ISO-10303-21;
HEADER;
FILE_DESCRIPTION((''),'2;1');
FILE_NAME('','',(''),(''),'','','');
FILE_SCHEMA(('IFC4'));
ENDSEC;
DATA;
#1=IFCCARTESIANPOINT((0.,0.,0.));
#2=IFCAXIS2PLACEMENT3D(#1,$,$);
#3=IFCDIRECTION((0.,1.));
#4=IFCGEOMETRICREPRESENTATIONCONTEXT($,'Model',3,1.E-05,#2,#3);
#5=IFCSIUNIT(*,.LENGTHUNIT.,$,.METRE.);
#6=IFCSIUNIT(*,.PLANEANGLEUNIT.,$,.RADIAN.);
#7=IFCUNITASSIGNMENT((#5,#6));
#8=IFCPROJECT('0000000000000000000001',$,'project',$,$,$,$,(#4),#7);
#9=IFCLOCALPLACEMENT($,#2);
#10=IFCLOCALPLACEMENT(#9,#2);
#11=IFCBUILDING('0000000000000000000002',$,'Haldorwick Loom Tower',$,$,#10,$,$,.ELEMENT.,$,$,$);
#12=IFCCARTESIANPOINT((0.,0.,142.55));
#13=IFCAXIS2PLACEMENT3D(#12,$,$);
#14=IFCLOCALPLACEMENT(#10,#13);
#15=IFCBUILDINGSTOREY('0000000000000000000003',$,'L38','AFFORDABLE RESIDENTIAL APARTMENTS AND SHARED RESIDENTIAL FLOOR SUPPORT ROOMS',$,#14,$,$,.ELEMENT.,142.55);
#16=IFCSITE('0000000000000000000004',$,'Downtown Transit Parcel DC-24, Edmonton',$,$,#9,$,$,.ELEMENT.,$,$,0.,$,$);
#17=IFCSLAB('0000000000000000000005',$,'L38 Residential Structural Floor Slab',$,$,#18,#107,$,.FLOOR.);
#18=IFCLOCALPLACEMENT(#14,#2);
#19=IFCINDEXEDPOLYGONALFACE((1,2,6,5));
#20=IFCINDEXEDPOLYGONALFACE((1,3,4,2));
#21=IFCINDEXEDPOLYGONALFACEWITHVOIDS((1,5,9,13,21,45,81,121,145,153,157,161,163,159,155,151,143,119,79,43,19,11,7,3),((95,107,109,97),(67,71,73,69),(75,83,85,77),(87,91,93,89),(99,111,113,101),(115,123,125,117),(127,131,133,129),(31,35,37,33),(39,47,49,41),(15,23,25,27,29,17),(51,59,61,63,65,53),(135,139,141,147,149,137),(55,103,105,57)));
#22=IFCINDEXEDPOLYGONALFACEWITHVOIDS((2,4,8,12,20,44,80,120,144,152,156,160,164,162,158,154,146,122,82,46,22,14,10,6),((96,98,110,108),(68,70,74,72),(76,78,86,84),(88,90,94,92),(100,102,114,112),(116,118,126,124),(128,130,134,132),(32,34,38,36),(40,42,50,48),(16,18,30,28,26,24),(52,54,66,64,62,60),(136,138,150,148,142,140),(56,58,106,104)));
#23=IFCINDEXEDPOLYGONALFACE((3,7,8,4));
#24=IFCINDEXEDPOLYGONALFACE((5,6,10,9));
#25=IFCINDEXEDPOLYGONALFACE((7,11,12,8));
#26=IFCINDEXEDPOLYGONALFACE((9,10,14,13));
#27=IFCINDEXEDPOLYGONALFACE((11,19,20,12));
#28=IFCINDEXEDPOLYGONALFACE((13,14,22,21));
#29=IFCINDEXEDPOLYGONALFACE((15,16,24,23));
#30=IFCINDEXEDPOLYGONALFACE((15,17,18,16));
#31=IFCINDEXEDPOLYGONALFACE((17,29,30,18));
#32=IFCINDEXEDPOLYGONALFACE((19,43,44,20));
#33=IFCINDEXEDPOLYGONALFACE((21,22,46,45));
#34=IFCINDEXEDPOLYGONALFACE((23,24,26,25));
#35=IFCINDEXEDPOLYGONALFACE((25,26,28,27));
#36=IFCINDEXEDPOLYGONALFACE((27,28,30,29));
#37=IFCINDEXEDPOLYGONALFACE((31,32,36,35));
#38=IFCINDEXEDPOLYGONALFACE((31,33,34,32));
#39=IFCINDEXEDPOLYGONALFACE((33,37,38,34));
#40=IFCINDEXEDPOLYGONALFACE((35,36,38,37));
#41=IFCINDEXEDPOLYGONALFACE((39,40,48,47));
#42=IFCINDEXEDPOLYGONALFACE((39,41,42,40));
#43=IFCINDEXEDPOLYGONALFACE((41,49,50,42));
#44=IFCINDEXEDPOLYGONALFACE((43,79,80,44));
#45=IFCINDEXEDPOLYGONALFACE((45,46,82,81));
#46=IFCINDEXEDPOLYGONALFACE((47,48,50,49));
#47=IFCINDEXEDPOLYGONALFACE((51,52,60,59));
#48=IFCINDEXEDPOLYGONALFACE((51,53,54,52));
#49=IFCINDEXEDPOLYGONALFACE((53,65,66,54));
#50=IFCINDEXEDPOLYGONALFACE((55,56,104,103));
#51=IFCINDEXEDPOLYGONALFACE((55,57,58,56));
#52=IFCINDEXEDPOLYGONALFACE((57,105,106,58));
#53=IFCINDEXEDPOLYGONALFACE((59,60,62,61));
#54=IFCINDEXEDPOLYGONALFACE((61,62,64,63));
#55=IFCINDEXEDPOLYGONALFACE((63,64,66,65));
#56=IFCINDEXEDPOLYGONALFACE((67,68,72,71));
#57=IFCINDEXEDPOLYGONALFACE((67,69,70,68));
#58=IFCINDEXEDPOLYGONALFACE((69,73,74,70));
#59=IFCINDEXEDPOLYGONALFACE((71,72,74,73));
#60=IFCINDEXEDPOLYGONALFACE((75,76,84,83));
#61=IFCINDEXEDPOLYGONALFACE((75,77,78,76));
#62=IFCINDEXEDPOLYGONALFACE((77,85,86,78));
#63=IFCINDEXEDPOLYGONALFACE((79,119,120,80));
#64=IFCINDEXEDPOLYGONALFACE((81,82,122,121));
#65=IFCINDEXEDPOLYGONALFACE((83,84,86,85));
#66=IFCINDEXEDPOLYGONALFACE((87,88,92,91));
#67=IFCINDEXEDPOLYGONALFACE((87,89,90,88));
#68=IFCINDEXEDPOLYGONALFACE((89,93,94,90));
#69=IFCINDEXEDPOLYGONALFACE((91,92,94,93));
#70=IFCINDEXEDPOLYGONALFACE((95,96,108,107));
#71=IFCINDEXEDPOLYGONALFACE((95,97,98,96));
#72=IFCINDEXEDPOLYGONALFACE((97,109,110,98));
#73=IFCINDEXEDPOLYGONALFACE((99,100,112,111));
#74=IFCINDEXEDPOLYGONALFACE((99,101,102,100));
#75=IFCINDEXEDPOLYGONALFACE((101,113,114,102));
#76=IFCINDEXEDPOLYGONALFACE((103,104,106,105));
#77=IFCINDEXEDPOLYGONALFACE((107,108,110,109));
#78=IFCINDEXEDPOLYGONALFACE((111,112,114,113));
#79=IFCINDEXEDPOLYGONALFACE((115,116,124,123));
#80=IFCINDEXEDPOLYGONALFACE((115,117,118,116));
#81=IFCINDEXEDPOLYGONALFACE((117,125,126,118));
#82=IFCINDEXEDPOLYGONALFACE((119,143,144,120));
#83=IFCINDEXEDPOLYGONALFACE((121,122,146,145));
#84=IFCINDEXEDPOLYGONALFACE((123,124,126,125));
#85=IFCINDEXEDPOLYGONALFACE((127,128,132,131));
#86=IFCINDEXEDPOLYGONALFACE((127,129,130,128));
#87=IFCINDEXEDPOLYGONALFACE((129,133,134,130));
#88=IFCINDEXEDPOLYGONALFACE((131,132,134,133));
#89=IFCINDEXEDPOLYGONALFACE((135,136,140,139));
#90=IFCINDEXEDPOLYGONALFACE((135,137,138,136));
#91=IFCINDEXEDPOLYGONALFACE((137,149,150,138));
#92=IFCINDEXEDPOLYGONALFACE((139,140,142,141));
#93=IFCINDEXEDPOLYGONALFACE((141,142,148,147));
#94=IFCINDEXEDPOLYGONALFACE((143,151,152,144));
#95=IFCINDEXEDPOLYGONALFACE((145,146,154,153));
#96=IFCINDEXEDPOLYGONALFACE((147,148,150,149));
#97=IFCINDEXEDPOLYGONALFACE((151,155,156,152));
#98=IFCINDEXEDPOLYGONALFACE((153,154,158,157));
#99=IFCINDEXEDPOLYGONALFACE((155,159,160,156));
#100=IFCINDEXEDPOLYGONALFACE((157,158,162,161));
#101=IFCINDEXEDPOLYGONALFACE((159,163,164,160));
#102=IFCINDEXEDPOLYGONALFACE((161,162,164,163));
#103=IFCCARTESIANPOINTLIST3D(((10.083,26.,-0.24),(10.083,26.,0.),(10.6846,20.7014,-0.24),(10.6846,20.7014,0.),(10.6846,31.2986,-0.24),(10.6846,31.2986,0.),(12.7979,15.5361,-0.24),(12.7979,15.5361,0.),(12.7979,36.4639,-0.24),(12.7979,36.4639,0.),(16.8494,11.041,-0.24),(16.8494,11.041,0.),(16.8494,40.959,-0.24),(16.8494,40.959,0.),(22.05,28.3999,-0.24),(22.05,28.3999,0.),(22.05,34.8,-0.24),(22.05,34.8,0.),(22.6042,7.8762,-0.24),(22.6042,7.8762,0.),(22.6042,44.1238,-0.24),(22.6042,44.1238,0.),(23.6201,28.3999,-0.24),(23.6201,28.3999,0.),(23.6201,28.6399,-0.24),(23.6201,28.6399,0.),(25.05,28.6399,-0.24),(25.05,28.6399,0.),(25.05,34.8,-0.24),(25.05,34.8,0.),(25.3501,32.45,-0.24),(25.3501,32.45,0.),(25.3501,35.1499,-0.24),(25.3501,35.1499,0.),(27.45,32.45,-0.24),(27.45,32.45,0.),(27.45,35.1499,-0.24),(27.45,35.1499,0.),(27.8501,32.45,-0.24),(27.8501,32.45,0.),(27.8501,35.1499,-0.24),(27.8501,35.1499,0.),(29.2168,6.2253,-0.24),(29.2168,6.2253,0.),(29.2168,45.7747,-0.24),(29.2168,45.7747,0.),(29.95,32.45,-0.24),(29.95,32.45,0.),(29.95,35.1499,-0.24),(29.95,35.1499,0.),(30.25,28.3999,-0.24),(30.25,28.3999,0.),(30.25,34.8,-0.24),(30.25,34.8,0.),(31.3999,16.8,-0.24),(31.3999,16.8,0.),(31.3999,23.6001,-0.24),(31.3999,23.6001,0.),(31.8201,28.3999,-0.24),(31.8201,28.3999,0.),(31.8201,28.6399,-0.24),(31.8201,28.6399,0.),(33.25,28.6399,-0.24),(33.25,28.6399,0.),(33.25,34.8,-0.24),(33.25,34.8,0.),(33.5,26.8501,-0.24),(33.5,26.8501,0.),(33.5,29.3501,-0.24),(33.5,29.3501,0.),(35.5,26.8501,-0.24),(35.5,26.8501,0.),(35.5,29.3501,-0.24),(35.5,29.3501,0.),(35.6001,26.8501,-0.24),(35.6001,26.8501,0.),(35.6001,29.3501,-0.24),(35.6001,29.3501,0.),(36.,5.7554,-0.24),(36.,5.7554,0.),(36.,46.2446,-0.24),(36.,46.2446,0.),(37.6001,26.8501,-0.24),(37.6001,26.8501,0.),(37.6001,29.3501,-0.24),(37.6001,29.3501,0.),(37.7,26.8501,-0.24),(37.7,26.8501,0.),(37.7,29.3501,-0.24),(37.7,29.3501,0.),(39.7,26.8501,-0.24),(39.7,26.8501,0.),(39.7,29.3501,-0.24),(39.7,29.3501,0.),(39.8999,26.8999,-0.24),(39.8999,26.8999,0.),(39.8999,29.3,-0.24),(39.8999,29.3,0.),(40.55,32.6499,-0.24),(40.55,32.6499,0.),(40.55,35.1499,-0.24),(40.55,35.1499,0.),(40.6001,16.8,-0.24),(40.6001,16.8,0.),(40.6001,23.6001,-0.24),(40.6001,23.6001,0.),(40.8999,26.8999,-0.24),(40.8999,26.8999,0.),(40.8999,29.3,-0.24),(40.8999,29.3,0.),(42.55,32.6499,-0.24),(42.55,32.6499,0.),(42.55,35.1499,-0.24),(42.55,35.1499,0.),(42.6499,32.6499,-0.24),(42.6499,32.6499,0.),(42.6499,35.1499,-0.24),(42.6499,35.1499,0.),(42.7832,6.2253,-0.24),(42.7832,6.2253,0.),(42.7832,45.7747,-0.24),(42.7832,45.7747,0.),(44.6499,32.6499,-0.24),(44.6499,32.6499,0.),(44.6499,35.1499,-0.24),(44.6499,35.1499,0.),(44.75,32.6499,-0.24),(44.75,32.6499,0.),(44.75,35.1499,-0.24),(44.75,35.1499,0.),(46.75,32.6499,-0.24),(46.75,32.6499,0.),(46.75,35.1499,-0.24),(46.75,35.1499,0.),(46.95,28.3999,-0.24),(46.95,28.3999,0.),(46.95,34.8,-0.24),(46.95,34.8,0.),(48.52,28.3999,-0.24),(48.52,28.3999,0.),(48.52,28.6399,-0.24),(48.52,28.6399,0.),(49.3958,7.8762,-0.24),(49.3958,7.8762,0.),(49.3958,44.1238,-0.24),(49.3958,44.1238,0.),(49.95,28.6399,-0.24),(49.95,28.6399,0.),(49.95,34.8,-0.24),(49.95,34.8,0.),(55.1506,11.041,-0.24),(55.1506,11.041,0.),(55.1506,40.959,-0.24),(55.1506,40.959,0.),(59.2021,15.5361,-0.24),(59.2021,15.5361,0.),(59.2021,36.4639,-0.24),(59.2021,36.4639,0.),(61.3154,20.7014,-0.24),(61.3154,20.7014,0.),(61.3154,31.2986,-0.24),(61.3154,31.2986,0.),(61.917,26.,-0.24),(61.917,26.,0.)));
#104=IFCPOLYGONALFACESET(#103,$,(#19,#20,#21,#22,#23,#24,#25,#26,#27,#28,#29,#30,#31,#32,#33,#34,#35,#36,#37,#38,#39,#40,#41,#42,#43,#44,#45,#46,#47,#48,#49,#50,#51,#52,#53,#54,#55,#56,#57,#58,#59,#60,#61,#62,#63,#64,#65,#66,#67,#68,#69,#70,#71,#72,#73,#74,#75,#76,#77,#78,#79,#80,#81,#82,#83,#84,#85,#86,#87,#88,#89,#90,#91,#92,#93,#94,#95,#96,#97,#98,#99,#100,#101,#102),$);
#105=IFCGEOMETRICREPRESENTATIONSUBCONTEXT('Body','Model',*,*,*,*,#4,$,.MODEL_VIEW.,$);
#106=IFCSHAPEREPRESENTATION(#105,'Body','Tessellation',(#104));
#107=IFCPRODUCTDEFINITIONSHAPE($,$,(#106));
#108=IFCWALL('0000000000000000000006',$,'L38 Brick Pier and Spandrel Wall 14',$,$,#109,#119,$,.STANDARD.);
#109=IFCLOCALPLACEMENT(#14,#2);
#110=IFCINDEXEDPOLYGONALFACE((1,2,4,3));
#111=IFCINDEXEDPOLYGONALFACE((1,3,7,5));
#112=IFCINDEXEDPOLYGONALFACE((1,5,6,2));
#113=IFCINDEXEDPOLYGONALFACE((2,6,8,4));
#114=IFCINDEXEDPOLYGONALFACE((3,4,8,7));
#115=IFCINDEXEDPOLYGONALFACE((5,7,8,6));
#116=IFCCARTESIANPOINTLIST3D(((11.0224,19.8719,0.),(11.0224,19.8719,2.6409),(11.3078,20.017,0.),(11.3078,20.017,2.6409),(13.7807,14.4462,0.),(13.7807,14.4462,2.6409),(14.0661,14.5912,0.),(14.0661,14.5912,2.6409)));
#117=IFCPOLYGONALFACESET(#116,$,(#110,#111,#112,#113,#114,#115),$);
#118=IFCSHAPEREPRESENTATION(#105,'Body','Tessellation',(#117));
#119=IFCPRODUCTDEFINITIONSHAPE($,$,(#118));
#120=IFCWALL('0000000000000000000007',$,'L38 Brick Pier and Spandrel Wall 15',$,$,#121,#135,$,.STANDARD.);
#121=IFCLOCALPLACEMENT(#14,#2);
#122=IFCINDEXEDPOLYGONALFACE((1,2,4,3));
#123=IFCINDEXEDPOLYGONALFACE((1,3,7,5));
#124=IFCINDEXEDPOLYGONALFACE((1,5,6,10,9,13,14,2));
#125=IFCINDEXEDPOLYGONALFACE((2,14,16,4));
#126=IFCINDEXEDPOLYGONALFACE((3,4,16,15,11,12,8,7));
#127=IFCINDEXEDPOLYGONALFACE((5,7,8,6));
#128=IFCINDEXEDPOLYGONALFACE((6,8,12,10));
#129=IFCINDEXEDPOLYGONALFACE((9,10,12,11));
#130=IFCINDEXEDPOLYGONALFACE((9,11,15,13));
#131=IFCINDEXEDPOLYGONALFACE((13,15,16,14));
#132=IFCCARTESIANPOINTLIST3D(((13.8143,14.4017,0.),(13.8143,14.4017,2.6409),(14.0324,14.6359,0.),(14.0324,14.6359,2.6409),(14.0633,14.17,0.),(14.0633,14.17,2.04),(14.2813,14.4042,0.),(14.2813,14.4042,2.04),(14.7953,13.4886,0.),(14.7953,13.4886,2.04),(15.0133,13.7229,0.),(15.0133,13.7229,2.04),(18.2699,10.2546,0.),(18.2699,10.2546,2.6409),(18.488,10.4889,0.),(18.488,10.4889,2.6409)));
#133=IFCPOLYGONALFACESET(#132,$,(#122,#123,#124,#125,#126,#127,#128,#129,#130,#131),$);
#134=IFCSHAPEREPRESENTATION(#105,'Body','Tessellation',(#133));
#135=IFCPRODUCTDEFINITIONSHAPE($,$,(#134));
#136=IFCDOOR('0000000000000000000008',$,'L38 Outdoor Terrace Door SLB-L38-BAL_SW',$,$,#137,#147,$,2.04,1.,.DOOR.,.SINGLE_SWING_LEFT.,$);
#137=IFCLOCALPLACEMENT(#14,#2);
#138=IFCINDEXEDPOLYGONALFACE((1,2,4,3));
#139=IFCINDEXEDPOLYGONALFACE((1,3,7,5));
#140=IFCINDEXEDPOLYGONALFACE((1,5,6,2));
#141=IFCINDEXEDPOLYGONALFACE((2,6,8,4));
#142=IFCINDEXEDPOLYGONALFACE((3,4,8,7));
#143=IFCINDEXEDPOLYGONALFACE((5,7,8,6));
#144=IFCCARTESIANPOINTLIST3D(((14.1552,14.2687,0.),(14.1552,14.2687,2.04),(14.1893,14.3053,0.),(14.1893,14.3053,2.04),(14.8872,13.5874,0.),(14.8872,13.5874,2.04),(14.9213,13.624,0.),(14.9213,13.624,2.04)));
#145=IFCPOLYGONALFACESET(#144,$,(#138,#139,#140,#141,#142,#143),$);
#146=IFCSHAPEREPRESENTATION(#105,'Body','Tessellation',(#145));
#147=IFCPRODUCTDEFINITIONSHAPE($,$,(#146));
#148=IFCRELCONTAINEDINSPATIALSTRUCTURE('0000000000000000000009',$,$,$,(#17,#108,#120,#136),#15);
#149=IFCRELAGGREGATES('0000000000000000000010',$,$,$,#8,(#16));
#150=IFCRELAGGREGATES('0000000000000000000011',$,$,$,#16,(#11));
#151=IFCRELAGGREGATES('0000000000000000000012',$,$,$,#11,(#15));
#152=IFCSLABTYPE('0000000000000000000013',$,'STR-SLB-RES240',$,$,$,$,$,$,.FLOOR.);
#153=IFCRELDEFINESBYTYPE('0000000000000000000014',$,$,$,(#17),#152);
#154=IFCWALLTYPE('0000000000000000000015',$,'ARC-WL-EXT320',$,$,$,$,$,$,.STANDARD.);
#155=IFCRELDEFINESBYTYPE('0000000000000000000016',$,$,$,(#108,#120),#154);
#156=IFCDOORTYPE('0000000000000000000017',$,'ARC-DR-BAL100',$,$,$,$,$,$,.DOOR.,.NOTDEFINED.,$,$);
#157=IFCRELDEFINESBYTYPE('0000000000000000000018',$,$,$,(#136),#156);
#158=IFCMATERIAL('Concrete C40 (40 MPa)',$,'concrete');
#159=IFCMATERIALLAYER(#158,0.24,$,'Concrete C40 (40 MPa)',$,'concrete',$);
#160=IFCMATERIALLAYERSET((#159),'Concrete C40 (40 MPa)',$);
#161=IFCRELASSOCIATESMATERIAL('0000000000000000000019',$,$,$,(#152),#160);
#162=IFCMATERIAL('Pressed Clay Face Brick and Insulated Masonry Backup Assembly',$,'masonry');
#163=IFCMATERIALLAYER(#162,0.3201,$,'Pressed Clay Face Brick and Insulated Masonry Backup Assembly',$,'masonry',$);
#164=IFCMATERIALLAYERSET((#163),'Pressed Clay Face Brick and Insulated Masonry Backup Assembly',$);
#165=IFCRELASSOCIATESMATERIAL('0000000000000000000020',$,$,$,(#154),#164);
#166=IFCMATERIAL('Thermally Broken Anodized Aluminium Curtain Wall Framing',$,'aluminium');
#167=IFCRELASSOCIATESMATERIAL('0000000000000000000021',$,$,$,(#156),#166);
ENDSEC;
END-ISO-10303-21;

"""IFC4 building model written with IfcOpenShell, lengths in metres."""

from ifc_helpers import new_model, si_unit, direction, frame, frame_2d, origin, place, context, subcontext, project, spatial, polyline, rectangle, outline, extrude, material, layer, layer_set, type_object, element, fill, save


model = new_model("IFC4")

# Units and contexts
model_context = context("Model", 3, precision=1e-05, world=origin(), true_north=direction((0.0, 1.0)))
body_context = subcontext(model_context, "Body", "Model", "MODEL_VIEW")
ifc_project = project(units=[si_unit("LENGTHUNIT", "METRE"), si_unit("PLANEANGLEUNIT", "RADIAN")], contexts=[model_context])

# Site, building, storey
site_placement = place(None, origin())
site = spatial("IfcSite", under=ifc_project, at=site_placement, Name="Downtown Transit Parcel DC-24, Edmonton", CompositionType="ELEMENT", RefElevation=0.0)
building_placement = place(site_placement, origin())
building = spatial("IfcBuilding", under=site, at=building_placement, Name="Haldorwick Loom Tower", CompositionType="ELEMENT")
storey_placement = place(building_placement, frame((0.0, 0.0, 142.55)))
storey = spatial("IfcBuildingStorey", under=building, at=storey_placement, Name="L38", Description="AFFORDABLE RESIDENTIAL APARTMENTS AND SHARED RESIDENTIAL FLOOR SUPPORT ROOMS", CompositionType="ELEMENT", Elevation=142.55)

# Shared definitions
ifc_material_1 = material(Name="Concrete C40 (40 MPa)", Category="concrete")

# Slab
ifc_layer_1 = layer(ifc_material_1, 0.24, Name="Concrete C40 (40 MPa)", Category="concrete")
ifc_layer_set_1 = layer_set([ifc_layer_1], Name="Concrete C40 (40 MPa)")
slab_type_1 = type_object("IfcSlabType", Name="STR-SLB-RES240", PredefinedType="FLOOR", material=ifc_layer_set_1)
slab_1_placement = place(storey_placement, frame((0.0, 0.0, -0.24)))
element("IfcSlab", 1, at=slab_1_placement, inside=storey, type_object=slab_type_1, Name="L38 Residential Structural Floor Slab", PredefinedType="FLOOR", context=body_context, shape_type="SweptSolid", body=[
    extrude(outline(polyline([(55.1506, 11.041), (59.2021, 15.5361), (61.3154, 20.7014), (61.917, 26.0), (61.3154, 31.2986), (59.2021, 36.4639), (55.1506, 40.959), (49.3958, 44.1238), (42.7832, 45.7747), (36.0, 46.2446), (29.2168, 45.7747), (22.6042, 44.1238), (16.8494, 40.959), (12.7979, 36.4639), (10.6846, 31.2986), (10.083, 26.0), (10.6846, 20.7014), (12.7979, 15.5361), (16.8494, 11.041), (22.6042, 7.8762), (29.2168, 6.2253), (36.0, 5.7554), (42.7832, 6.2253), (49.3958, 7.8762), (55.1506, 11.041)]), holes=[polyline([(31.3999, 16.8), (31.3999, 23.6001), (40.6001, 23.6001), (40.6001, 16.8), (31.3999, 16.8)]), polyline([(33.5, 26.8501), (33.5, 29.3501), (35.5, 29.3501), (35.5, 26.8501), (33.5, 26.8501)]), polyline([(35.6001, 26.8501), (35.6001, 29.3501), (37.6001, 29.3501), (37.6001, 26.8501), (35.6001, 26.8501)]), polyline([(23.6201, 28.3999), (22.05, 28.3999), (22.05, 34.8), (25.05, 34.8), (25.05, 28.6399), (23.6201, 28.6399), (23.6201, 28.3999)]), polyline([(30.25, 28.3999), (30.25, 34.8), (33.25, 34.8), (33.25, 28.6399), (31.8201, 28.6399), (31.8201, 28.3999), (30.25, 28.3999)]), polyline([(25.3501, 32.45), (25.3501, 35.1499), (27.45, 35.1499), (27.45, 32.45), (25.3501, 32.45)]), polyline([(29.95, 32.45), (27.8501, 32.45), (27.8501, 35.1499), (29.95, 35.1499), (29.95, 32.45)]), polyline([(37.7, 26.8501), (37.7, 29.3501), (39.7, 29.3501), (39.7, 26.8501), (37.7, 26.8501)]), polyline([(39.8999, 26.8999), (39.8999, 29.3), (40.8999, 29.3), (40.8999, 26.8999), (39.8999, 26.8999)]), polyline([(46.95, 28.3999), (46.95, 34.8), (49.95, 34.8), (49.95, 28.6399), (48.52, 28.6399), (48.52, 28.3999), (46.95, 28.3999)]), polyline([(40.55, 32.6499), (40.55, 35.1499), (42.55, 35.1499), (42.55, 32.6499), (40.55, 32.6499)]), polyline([(42.6499, 32.6499), (42.6499, 35.1499), (44.6499, 35.1499), (44.6499, 32.6499), (42.6499, 32.6499)]), polyline([(44.75, 32.6499), (44.75, 35.1499), (46.75, 35.1499), (46.75, 32.6499), (44.75, 32.6499)])]), origin(), (0.0, 0.0, 1.0), 0.24),
])

# Wall
ifc_material_2 = material(Name="Pressed Clay Face Brick and Insulated Masonry Backup Assembly", Category="masonry")
ifc_layer_2 = layer(ifc_material_2, 0.3201, Name="Pressed Clay Face Brick and Insulated Masonry Backup Assembly", Category="masonry")
ifc_layer_set_2 = layer_set([ifc_layer_2], Name="Pressed Clay Face Brick and Insulated Masonry Backup Assembly")
wall_type_1 = type_object("IfcWallType", Name="ARC-WL-EXT320", PredefinedType="STANDARD", material=ifc_layer_set_2)
wall_1_placement = place(storey_placement, frame((11.165, 19.9446, 0.0), z_axis=(0.0, 0.0, 1.0), x_axis=(0.453172, -0.891423, 0.0)))
element("IfcWall", 2, at=wall_1_placement, inside=storey, type_object=wall_type_1, Name="L38 Brick Pier and Spandrel Wall 14", PredefinedType="STANDARD", context=body_context, shape_type="SweptSolid", body=[
    extrude(rectangle(XDim=6.0867, YDim=0.3201, at=frame_2d((3.0435, 0.0))), origin(), (0.0, 0.0, 1.0), 2.6409),
])

# Wall, opening, door
wall_2_placement = place(storey_placement, frame((13.9233, 14.5188, 0.0), z_axis=(0.0, 0.0, 1.0), x_axis=(0.732002, -0.681303, 0.0)))
wall_2 = element("IfcWall", 3, at=wall_2_placement, inside=storey, type_object=wall_type_1, Name="L38 Brick Pier and Spandrel Wall 15", PredefinedType="STANDARD", context=body_context, shape_type="SweptSolid", body=[
    extrude(rectangle(XDim=6.0869, YDim=0.3201, at=frame_2d((3.0435, 0.0))), origin(), (0.0, 0.0, 1.0), 2.6409),
])
opening_1_placement = place(wall_2_placement, frame((0.3401, 0.0, 0.0)))
opening_1 = element("IfcOpeningElement", 4, at=opening_1_placement, cuts=wall_2, PredefinedType="OPENING", context=body_context, shape_type="SweptSolid", body=[
    extrude(rectangle(XDim=1.0, YDim=2.04, at=frame_2d((0.5, 1.02))), frame((0.0, 0.1699, 0.0), z_axis=(0.0, -1.0, 0.0), x_axis=(1.0, 0.0, 0.0)), (0.0, 0.0, 1.0), 0.3401),
])
ifc_material_3 = material(Name="Thermally Broken Anodized Aluminium Curtain Wall Framing", Category="aluminium")
door_type = type_object("IfcDoorType", Name="ARC-DR-BAL100", OperationType="NOTDEFINED", PredefinedType="DOOR", material=ifc_material_3)
door_placement = place(opening_1_placement, origin())
door = element("IfcDoor", 5, at=door_placement, inside=storey, type_object=door_type, Name="L38 Outdoor Terrace Door SLB-L38-BAL_SW", OperationType="SINGLE_SWING_LEFT", OverallHeight=2.04, OverallWidth=1.0, PredefinedType="DOOR", context=body_context, shape_type="SweptSolid", body=[
    extrude(rectangle(XDim=1.0, YDim=2.04, at=frame_2d((0.5, 1.02))), frame((0.0, 0.0249, 0.0), z_axis=(0.0, -1.0, 0.0), x_axis=(1.0, 0.0, 0.0)), (0.0, 0.0, 1.0), 0.05),
])
fill(opening_1, door)

save(model, "model.ifc")
